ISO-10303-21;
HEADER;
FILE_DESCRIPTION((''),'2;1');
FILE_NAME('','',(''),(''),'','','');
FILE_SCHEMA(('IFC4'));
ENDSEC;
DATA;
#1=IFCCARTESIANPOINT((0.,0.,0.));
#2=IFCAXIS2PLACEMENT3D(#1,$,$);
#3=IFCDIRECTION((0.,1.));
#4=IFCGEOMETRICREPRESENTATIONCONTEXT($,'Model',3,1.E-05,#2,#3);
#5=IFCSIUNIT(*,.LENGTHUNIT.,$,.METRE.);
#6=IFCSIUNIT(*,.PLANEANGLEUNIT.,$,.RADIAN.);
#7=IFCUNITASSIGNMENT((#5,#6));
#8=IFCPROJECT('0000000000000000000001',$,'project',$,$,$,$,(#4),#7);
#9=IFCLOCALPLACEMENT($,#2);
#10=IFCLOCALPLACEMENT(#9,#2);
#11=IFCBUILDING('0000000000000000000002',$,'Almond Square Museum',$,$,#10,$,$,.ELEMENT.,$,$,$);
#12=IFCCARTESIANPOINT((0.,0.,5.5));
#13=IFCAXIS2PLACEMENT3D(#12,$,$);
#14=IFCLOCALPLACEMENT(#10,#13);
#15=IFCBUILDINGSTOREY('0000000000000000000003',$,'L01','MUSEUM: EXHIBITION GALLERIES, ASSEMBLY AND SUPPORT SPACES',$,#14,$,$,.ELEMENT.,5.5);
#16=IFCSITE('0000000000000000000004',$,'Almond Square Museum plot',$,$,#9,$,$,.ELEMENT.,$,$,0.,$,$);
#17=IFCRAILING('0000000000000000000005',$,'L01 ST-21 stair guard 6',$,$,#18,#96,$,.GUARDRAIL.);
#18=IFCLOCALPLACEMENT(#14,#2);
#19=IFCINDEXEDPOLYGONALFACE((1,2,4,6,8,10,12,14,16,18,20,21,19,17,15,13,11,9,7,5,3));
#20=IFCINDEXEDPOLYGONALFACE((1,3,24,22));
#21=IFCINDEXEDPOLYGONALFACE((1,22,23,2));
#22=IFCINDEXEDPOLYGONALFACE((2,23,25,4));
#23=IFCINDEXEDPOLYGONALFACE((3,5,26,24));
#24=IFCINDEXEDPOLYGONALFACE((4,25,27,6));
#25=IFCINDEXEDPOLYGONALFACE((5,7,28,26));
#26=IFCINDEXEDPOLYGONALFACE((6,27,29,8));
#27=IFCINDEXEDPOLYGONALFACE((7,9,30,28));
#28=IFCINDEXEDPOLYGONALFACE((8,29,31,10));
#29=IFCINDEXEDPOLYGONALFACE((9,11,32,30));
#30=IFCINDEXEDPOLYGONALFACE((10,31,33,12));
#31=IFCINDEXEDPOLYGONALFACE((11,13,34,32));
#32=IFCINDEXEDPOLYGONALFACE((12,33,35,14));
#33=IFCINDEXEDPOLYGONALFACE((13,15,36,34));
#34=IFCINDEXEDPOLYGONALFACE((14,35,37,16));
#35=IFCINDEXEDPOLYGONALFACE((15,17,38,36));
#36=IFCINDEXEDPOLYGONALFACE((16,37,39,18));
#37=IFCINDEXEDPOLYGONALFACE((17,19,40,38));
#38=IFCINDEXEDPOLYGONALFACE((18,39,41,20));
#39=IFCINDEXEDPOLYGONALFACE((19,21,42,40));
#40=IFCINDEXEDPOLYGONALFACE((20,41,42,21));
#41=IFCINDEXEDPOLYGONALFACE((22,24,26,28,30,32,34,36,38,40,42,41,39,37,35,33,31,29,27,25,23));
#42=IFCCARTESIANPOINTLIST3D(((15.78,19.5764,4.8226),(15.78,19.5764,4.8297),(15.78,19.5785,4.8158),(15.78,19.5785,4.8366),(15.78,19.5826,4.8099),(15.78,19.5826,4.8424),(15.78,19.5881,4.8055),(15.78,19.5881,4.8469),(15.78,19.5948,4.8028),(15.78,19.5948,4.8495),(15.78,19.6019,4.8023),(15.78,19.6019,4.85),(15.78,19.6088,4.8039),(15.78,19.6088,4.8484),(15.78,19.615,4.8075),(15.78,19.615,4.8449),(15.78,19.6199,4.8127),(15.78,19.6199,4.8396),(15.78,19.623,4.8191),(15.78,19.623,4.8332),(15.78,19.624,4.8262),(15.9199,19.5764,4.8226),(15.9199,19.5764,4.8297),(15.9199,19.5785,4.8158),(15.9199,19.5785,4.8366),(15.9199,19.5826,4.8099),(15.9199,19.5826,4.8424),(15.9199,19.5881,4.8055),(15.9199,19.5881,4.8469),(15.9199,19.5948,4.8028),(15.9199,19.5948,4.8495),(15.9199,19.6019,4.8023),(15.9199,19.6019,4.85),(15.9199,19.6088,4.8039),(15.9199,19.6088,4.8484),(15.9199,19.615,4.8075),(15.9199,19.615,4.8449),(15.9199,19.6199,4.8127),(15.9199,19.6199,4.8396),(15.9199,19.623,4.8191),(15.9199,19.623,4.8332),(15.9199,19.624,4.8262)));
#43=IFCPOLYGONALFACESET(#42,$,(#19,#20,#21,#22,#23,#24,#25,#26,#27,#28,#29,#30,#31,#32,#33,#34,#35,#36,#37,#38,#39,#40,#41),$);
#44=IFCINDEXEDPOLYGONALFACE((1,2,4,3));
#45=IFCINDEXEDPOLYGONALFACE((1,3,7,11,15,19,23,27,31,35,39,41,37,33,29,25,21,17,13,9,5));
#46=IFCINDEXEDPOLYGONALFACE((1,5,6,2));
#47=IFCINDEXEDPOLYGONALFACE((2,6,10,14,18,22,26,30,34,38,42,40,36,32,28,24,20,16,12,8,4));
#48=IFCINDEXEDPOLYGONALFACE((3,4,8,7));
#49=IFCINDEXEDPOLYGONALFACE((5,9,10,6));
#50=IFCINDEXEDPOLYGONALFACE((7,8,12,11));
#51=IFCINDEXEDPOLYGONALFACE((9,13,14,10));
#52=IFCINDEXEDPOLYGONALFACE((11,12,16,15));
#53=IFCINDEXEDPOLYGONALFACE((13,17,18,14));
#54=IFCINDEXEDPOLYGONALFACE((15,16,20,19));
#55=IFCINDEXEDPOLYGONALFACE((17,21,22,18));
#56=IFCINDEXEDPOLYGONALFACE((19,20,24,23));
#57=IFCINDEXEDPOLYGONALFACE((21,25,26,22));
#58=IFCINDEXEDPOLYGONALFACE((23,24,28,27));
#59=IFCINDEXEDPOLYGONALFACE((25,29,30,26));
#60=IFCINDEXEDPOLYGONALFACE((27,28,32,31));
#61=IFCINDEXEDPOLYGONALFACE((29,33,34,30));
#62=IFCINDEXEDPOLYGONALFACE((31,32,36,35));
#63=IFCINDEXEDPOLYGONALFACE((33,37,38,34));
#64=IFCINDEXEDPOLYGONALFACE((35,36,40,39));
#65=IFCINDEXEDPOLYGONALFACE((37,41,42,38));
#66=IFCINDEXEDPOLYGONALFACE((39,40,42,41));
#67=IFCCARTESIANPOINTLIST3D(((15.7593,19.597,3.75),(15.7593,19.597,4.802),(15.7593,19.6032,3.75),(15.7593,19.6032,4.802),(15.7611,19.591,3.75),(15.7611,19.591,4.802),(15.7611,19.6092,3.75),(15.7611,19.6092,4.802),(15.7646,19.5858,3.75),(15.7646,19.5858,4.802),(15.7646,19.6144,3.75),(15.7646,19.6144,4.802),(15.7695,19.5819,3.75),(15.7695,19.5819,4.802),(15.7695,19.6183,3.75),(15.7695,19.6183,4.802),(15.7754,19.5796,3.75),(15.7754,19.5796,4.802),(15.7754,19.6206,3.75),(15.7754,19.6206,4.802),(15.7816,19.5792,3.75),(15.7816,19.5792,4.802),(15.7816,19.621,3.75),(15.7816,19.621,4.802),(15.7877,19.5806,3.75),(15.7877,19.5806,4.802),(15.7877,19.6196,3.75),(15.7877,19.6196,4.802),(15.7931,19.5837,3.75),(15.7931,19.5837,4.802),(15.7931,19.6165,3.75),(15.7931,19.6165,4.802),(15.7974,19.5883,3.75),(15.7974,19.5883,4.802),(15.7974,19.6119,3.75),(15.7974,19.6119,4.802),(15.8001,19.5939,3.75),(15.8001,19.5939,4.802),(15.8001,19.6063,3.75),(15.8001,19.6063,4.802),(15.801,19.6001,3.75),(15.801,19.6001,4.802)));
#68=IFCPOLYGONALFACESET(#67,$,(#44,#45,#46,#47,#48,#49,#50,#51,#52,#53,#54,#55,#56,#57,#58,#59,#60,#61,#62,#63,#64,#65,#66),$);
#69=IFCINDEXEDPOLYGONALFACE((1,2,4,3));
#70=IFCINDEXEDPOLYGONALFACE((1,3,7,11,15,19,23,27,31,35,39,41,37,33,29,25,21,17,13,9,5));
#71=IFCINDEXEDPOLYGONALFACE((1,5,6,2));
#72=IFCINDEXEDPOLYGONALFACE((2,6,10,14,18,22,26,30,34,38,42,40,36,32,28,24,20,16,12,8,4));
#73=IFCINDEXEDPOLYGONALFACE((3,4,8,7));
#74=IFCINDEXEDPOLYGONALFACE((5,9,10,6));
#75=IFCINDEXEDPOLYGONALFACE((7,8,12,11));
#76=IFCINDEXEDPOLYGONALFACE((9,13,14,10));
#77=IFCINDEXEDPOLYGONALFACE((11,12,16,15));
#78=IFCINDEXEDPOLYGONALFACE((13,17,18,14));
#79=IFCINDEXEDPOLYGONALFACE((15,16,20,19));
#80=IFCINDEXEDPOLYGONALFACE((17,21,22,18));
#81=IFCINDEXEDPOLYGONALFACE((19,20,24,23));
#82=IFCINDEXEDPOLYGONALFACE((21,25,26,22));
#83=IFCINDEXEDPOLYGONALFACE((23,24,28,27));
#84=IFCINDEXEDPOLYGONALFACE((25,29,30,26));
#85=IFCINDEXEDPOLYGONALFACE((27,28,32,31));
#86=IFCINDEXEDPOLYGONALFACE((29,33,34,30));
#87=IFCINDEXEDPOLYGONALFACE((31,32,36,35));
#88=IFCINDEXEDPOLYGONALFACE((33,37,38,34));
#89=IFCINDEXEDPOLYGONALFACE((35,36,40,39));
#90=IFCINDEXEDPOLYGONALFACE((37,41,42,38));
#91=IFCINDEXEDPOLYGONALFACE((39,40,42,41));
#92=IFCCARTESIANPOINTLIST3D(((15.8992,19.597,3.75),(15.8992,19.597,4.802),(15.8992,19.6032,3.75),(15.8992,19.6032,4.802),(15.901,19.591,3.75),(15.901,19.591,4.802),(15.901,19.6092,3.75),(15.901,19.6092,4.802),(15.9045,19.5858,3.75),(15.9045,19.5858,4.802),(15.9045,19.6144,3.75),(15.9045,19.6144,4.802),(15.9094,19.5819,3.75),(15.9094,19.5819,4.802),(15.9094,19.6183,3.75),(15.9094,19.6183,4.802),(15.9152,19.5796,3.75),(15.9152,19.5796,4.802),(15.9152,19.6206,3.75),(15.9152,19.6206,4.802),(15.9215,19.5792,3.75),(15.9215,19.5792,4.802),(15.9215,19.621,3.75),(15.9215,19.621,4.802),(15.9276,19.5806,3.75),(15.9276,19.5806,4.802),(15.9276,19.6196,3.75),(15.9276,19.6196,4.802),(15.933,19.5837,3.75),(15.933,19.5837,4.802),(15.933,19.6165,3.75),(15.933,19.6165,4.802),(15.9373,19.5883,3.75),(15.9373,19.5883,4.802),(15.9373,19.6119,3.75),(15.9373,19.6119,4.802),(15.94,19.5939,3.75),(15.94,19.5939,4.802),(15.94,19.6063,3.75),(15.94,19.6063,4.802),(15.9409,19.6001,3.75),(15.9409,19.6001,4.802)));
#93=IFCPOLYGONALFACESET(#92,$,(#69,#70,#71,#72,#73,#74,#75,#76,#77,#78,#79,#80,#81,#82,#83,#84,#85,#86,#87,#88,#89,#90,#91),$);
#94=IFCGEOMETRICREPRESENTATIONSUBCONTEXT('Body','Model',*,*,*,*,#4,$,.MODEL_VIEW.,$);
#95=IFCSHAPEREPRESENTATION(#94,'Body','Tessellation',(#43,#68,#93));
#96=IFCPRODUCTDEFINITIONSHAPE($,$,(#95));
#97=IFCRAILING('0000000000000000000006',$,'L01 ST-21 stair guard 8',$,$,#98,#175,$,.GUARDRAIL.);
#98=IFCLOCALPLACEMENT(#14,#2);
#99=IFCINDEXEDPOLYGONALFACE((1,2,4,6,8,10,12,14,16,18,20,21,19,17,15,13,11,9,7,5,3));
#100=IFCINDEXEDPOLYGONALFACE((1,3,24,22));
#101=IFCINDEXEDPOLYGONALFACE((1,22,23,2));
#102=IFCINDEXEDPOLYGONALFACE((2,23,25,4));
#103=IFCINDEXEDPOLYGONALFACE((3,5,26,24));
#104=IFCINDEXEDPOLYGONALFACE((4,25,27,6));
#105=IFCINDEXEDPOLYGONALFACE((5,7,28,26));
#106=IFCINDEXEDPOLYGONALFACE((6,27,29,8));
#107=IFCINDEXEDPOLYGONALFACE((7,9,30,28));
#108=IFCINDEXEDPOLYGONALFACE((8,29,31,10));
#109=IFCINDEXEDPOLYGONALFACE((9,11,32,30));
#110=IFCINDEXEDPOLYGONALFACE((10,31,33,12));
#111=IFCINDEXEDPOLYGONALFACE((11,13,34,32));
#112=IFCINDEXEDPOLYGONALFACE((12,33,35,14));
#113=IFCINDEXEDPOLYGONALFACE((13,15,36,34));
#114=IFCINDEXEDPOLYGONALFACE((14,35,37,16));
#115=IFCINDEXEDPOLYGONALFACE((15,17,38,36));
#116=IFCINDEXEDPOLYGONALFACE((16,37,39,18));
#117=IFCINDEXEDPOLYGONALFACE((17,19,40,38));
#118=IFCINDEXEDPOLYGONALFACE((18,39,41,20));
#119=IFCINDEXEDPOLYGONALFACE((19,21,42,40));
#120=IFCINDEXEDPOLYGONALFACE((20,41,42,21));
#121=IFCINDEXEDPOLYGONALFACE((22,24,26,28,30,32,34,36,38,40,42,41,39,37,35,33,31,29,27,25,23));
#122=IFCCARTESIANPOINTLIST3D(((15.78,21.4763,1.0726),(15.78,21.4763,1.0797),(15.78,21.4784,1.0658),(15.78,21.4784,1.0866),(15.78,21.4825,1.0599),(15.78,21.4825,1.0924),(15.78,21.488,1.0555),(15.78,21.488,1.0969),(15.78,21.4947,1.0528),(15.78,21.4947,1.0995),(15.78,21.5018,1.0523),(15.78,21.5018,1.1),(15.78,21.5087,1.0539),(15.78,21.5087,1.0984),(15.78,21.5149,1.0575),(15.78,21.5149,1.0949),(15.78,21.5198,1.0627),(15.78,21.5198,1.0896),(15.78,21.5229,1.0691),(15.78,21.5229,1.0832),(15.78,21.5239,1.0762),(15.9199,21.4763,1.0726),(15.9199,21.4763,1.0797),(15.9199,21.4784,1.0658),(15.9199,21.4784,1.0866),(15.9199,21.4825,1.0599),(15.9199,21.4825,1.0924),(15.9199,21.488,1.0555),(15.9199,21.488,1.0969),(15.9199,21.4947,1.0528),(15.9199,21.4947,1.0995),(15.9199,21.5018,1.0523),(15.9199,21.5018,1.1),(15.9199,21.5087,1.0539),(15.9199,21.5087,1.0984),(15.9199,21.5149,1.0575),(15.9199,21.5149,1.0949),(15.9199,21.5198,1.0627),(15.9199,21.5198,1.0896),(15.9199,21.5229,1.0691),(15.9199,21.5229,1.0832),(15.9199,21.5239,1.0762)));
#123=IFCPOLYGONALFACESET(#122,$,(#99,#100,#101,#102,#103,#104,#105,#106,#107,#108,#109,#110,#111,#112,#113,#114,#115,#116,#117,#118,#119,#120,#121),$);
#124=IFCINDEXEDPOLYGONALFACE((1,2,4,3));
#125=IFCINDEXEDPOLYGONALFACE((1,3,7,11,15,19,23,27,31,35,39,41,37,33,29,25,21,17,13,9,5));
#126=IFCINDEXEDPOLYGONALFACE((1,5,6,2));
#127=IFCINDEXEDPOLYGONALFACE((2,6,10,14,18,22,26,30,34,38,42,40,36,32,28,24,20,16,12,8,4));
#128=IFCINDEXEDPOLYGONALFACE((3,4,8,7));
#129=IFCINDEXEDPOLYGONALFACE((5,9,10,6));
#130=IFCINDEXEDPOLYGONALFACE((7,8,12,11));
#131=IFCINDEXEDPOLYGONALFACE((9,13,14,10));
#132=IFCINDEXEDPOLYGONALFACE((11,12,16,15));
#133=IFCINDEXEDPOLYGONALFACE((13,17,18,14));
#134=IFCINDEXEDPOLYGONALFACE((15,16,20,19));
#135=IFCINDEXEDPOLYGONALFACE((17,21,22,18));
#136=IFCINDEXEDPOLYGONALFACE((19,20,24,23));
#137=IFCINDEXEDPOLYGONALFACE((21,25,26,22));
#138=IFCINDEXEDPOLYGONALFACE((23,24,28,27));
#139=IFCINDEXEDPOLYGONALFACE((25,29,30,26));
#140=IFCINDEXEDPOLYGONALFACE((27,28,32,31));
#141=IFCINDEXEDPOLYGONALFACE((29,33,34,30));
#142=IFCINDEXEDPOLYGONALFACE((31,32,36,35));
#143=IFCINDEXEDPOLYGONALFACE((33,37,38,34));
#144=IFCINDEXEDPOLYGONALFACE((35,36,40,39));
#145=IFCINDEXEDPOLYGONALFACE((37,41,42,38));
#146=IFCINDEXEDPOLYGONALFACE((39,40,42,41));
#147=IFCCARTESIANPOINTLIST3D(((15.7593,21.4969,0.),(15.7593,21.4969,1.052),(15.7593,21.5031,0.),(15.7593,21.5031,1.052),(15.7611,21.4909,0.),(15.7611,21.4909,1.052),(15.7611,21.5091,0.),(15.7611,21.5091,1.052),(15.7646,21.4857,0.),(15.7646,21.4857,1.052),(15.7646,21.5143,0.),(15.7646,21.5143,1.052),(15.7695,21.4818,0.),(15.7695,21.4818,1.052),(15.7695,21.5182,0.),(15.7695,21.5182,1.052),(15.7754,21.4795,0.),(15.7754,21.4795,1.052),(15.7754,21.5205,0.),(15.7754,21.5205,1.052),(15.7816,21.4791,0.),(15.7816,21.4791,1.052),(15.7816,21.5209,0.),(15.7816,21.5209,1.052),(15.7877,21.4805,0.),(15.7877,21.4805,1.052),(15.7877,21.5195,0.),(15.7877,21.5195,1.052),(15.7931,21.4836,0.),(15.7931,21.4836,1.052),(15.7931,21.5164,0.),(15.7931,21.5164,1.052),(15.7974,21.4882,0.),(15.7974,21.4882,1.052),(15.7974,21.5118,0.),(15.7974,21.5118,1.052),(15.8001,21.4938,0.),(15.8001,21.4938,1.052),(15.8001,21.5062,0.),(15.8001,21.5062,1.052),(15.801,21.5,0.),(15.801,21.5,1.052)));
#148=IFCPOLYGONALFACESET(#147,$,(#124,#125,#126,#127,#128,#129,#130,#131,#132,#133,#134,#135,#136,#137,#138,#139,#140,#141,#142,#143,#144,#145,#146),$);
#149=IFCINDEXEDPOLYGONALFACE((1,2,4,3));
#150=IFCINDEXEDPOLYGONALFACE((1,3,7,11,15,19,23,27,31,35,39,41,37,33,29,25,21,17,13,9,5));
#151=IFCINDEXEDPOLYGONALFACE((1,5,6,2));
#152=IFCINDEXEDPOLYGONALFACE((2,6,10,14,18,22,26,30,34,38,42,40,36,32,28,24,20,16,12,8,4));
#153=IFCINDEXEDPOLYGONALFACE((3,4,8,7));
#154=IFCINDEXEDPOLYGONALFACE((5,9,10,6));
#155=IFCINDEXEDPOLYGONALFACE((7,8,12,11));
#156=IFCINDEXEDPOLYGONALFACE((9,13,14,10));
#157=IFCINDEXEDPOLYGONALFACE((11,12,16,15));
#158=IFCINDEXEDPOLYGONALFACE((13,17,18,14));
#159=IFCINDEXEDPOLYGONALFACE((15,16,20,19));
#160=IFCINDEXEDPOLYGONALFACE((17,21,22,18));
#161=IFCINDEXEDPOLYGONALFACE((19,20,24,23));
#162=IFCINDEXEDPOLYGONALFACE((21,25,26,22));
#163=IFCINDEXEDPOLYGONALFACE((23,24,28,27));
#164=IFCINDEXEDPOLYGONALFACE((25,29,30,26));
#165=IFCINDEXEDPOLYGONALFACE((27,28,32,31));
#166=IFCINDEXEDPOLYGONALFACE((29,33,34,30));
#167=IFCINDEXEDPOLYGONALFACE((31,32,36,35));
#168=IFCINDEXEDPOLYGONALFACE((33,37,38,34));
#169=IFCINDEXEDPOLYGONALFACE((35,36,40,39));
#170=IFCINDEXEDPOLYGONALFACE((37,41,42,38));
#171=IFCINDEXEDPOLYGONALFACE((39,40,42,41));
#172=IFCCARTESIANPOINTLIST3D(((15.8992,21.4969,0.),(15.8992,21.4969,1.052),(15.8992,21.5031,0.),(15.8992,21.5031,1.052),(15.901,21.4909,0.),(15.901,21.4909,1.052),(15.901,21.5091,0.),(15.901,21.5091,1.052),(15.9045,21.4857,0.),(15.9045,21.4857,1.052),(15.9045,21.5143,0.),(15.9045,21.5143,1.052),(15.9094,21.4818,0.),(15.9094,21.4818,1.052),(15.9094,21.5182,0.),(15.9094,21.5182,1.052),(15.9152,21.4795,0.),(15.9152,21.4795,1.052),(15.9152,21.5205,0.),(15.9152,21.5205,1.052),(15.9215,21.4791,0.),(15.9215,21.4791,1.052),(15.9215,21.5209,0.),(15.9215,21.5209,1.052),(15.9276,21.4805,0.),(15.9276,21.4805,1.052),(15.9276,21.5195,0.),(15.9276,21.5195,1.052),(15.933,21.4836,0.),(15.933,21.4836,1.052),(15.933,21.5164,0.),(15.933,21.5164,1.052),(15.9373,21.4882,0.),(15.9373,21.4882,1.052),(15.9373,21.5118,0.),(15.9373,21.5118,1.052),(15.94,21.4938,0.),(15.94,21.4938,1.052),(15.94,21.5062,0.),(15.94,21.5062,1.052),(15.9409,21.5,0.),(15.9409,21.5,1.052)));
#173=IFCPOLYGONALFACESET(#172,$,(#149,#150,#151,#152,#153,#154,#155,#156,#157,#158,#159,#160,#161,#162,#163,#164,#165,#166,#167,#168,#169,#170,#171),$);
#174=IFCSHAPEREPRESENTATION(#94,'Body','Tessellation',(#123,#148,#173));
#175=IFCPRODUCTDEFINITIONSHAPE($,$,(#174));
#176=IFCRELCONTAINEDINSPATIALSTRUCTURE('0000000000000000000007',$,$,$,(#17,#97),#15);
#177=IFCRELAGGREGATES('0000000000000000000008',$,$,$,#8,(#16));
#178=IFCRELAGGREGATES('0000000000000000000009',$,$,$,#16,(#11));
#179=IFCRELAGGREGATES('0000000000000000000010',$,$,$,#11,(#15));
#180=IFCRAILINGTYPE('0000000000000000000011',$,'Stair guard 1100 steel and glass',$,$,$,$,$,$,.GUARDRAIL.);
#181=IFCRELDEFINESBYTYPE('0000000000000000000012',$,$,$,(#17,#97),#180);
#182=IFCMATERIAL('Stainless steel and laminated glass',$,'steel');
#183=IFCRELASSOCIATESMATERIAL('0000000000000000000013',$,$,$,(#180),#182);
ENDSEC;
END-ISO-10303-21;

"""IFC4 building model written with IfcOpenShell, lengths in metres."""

from ifc_helpers import new_model, si_unit, direction, frame, origin, origin_2d, place, context, subcontext, project, spatial, circle, extrude, material, type_object, element, save


model = new_model("IFC4")

# Units and contexts
model_context = context("Model", 3, precision=1e-05, world=origin(), true_north=direction((0.0, 1.0)))
body_context = subcontext(model_context, "Body", "Model", "MODEL_VIEW")
ifc_project = project(units=[si_unit("LENGTHUNIT", "METRE"), si_unit("PLANEANGLEUNIT", "RADIAN")], contexts=[model_context])

# Site, building, storey
site_placement = place(None, origin())
site = spatial("IfcSite", under=ifc_project, at=site_placement, Name="Almond Square Museum plot", CompositionType="ELEMENT", RefElevation=0.0)
building_placement = place(site_placement, origin())
building = spatial("IfcBuilding", under=site, at=building_placement, Name="Almond Square Museum", CompositionType="ELEMENT")
storey_placement = place(building_placement, frame((0.0, 0.0, 5.5)))
storey = spatial("IfcBuildingStorey", under=building, at=storey_placement, Name="L01", Description="MUSEUM: EXHIBITION GALLERIES, ASSEMBLY AND SUPPORT SPACES", CompositionType="ELEMENT", Elevation=5.5)

# Railings
ifc_material_1 = material(Name="Stainless steel and laminated glass", Category="steel")
railing_type_1 = type_object("IfcRailingType", Name="Stair guard 1100 steel and glass", PredefinedType="GUARDRAIL", material=ifc_material_1)
for number, where, name in (
    (1, (15.78, 19.6001, 3.75), "L01 ST-21 stair guard 6"),
    (2, (15.78, 21.5, 0.0), "L01 ST-21 stair guard 8"),
):
    element("IfcRailing", number, at=place(storey_placement, frame(where)), inside=storey, type_object=railing_type_1, Name=name, PredefinedType="GUARDRAIL", context=body_context, shape_type="SweptSolid", body=[
        extrude(circle(Radius=0.0239, at=origin_2d()), frame((0.0, 0.0, 1.0762), z_axis=(1.0, 0.0, 0.0), x_axis=(0.0, 1.0, 0.0)), (0.0, 0.0, 1.0), 0.1399),
        extrude(circle(Radius=0.021, at=origin_2d()), origin(), (0.0, 0.0, 1.0), 1.052),
        extrude(circle(Radius=0.021, at=origin_2d()), frame((0.1399, 0.0, 0.0)), (0.0, 0.0, 1.0), 1.052),
    ])

save(model, "model.ifc")
